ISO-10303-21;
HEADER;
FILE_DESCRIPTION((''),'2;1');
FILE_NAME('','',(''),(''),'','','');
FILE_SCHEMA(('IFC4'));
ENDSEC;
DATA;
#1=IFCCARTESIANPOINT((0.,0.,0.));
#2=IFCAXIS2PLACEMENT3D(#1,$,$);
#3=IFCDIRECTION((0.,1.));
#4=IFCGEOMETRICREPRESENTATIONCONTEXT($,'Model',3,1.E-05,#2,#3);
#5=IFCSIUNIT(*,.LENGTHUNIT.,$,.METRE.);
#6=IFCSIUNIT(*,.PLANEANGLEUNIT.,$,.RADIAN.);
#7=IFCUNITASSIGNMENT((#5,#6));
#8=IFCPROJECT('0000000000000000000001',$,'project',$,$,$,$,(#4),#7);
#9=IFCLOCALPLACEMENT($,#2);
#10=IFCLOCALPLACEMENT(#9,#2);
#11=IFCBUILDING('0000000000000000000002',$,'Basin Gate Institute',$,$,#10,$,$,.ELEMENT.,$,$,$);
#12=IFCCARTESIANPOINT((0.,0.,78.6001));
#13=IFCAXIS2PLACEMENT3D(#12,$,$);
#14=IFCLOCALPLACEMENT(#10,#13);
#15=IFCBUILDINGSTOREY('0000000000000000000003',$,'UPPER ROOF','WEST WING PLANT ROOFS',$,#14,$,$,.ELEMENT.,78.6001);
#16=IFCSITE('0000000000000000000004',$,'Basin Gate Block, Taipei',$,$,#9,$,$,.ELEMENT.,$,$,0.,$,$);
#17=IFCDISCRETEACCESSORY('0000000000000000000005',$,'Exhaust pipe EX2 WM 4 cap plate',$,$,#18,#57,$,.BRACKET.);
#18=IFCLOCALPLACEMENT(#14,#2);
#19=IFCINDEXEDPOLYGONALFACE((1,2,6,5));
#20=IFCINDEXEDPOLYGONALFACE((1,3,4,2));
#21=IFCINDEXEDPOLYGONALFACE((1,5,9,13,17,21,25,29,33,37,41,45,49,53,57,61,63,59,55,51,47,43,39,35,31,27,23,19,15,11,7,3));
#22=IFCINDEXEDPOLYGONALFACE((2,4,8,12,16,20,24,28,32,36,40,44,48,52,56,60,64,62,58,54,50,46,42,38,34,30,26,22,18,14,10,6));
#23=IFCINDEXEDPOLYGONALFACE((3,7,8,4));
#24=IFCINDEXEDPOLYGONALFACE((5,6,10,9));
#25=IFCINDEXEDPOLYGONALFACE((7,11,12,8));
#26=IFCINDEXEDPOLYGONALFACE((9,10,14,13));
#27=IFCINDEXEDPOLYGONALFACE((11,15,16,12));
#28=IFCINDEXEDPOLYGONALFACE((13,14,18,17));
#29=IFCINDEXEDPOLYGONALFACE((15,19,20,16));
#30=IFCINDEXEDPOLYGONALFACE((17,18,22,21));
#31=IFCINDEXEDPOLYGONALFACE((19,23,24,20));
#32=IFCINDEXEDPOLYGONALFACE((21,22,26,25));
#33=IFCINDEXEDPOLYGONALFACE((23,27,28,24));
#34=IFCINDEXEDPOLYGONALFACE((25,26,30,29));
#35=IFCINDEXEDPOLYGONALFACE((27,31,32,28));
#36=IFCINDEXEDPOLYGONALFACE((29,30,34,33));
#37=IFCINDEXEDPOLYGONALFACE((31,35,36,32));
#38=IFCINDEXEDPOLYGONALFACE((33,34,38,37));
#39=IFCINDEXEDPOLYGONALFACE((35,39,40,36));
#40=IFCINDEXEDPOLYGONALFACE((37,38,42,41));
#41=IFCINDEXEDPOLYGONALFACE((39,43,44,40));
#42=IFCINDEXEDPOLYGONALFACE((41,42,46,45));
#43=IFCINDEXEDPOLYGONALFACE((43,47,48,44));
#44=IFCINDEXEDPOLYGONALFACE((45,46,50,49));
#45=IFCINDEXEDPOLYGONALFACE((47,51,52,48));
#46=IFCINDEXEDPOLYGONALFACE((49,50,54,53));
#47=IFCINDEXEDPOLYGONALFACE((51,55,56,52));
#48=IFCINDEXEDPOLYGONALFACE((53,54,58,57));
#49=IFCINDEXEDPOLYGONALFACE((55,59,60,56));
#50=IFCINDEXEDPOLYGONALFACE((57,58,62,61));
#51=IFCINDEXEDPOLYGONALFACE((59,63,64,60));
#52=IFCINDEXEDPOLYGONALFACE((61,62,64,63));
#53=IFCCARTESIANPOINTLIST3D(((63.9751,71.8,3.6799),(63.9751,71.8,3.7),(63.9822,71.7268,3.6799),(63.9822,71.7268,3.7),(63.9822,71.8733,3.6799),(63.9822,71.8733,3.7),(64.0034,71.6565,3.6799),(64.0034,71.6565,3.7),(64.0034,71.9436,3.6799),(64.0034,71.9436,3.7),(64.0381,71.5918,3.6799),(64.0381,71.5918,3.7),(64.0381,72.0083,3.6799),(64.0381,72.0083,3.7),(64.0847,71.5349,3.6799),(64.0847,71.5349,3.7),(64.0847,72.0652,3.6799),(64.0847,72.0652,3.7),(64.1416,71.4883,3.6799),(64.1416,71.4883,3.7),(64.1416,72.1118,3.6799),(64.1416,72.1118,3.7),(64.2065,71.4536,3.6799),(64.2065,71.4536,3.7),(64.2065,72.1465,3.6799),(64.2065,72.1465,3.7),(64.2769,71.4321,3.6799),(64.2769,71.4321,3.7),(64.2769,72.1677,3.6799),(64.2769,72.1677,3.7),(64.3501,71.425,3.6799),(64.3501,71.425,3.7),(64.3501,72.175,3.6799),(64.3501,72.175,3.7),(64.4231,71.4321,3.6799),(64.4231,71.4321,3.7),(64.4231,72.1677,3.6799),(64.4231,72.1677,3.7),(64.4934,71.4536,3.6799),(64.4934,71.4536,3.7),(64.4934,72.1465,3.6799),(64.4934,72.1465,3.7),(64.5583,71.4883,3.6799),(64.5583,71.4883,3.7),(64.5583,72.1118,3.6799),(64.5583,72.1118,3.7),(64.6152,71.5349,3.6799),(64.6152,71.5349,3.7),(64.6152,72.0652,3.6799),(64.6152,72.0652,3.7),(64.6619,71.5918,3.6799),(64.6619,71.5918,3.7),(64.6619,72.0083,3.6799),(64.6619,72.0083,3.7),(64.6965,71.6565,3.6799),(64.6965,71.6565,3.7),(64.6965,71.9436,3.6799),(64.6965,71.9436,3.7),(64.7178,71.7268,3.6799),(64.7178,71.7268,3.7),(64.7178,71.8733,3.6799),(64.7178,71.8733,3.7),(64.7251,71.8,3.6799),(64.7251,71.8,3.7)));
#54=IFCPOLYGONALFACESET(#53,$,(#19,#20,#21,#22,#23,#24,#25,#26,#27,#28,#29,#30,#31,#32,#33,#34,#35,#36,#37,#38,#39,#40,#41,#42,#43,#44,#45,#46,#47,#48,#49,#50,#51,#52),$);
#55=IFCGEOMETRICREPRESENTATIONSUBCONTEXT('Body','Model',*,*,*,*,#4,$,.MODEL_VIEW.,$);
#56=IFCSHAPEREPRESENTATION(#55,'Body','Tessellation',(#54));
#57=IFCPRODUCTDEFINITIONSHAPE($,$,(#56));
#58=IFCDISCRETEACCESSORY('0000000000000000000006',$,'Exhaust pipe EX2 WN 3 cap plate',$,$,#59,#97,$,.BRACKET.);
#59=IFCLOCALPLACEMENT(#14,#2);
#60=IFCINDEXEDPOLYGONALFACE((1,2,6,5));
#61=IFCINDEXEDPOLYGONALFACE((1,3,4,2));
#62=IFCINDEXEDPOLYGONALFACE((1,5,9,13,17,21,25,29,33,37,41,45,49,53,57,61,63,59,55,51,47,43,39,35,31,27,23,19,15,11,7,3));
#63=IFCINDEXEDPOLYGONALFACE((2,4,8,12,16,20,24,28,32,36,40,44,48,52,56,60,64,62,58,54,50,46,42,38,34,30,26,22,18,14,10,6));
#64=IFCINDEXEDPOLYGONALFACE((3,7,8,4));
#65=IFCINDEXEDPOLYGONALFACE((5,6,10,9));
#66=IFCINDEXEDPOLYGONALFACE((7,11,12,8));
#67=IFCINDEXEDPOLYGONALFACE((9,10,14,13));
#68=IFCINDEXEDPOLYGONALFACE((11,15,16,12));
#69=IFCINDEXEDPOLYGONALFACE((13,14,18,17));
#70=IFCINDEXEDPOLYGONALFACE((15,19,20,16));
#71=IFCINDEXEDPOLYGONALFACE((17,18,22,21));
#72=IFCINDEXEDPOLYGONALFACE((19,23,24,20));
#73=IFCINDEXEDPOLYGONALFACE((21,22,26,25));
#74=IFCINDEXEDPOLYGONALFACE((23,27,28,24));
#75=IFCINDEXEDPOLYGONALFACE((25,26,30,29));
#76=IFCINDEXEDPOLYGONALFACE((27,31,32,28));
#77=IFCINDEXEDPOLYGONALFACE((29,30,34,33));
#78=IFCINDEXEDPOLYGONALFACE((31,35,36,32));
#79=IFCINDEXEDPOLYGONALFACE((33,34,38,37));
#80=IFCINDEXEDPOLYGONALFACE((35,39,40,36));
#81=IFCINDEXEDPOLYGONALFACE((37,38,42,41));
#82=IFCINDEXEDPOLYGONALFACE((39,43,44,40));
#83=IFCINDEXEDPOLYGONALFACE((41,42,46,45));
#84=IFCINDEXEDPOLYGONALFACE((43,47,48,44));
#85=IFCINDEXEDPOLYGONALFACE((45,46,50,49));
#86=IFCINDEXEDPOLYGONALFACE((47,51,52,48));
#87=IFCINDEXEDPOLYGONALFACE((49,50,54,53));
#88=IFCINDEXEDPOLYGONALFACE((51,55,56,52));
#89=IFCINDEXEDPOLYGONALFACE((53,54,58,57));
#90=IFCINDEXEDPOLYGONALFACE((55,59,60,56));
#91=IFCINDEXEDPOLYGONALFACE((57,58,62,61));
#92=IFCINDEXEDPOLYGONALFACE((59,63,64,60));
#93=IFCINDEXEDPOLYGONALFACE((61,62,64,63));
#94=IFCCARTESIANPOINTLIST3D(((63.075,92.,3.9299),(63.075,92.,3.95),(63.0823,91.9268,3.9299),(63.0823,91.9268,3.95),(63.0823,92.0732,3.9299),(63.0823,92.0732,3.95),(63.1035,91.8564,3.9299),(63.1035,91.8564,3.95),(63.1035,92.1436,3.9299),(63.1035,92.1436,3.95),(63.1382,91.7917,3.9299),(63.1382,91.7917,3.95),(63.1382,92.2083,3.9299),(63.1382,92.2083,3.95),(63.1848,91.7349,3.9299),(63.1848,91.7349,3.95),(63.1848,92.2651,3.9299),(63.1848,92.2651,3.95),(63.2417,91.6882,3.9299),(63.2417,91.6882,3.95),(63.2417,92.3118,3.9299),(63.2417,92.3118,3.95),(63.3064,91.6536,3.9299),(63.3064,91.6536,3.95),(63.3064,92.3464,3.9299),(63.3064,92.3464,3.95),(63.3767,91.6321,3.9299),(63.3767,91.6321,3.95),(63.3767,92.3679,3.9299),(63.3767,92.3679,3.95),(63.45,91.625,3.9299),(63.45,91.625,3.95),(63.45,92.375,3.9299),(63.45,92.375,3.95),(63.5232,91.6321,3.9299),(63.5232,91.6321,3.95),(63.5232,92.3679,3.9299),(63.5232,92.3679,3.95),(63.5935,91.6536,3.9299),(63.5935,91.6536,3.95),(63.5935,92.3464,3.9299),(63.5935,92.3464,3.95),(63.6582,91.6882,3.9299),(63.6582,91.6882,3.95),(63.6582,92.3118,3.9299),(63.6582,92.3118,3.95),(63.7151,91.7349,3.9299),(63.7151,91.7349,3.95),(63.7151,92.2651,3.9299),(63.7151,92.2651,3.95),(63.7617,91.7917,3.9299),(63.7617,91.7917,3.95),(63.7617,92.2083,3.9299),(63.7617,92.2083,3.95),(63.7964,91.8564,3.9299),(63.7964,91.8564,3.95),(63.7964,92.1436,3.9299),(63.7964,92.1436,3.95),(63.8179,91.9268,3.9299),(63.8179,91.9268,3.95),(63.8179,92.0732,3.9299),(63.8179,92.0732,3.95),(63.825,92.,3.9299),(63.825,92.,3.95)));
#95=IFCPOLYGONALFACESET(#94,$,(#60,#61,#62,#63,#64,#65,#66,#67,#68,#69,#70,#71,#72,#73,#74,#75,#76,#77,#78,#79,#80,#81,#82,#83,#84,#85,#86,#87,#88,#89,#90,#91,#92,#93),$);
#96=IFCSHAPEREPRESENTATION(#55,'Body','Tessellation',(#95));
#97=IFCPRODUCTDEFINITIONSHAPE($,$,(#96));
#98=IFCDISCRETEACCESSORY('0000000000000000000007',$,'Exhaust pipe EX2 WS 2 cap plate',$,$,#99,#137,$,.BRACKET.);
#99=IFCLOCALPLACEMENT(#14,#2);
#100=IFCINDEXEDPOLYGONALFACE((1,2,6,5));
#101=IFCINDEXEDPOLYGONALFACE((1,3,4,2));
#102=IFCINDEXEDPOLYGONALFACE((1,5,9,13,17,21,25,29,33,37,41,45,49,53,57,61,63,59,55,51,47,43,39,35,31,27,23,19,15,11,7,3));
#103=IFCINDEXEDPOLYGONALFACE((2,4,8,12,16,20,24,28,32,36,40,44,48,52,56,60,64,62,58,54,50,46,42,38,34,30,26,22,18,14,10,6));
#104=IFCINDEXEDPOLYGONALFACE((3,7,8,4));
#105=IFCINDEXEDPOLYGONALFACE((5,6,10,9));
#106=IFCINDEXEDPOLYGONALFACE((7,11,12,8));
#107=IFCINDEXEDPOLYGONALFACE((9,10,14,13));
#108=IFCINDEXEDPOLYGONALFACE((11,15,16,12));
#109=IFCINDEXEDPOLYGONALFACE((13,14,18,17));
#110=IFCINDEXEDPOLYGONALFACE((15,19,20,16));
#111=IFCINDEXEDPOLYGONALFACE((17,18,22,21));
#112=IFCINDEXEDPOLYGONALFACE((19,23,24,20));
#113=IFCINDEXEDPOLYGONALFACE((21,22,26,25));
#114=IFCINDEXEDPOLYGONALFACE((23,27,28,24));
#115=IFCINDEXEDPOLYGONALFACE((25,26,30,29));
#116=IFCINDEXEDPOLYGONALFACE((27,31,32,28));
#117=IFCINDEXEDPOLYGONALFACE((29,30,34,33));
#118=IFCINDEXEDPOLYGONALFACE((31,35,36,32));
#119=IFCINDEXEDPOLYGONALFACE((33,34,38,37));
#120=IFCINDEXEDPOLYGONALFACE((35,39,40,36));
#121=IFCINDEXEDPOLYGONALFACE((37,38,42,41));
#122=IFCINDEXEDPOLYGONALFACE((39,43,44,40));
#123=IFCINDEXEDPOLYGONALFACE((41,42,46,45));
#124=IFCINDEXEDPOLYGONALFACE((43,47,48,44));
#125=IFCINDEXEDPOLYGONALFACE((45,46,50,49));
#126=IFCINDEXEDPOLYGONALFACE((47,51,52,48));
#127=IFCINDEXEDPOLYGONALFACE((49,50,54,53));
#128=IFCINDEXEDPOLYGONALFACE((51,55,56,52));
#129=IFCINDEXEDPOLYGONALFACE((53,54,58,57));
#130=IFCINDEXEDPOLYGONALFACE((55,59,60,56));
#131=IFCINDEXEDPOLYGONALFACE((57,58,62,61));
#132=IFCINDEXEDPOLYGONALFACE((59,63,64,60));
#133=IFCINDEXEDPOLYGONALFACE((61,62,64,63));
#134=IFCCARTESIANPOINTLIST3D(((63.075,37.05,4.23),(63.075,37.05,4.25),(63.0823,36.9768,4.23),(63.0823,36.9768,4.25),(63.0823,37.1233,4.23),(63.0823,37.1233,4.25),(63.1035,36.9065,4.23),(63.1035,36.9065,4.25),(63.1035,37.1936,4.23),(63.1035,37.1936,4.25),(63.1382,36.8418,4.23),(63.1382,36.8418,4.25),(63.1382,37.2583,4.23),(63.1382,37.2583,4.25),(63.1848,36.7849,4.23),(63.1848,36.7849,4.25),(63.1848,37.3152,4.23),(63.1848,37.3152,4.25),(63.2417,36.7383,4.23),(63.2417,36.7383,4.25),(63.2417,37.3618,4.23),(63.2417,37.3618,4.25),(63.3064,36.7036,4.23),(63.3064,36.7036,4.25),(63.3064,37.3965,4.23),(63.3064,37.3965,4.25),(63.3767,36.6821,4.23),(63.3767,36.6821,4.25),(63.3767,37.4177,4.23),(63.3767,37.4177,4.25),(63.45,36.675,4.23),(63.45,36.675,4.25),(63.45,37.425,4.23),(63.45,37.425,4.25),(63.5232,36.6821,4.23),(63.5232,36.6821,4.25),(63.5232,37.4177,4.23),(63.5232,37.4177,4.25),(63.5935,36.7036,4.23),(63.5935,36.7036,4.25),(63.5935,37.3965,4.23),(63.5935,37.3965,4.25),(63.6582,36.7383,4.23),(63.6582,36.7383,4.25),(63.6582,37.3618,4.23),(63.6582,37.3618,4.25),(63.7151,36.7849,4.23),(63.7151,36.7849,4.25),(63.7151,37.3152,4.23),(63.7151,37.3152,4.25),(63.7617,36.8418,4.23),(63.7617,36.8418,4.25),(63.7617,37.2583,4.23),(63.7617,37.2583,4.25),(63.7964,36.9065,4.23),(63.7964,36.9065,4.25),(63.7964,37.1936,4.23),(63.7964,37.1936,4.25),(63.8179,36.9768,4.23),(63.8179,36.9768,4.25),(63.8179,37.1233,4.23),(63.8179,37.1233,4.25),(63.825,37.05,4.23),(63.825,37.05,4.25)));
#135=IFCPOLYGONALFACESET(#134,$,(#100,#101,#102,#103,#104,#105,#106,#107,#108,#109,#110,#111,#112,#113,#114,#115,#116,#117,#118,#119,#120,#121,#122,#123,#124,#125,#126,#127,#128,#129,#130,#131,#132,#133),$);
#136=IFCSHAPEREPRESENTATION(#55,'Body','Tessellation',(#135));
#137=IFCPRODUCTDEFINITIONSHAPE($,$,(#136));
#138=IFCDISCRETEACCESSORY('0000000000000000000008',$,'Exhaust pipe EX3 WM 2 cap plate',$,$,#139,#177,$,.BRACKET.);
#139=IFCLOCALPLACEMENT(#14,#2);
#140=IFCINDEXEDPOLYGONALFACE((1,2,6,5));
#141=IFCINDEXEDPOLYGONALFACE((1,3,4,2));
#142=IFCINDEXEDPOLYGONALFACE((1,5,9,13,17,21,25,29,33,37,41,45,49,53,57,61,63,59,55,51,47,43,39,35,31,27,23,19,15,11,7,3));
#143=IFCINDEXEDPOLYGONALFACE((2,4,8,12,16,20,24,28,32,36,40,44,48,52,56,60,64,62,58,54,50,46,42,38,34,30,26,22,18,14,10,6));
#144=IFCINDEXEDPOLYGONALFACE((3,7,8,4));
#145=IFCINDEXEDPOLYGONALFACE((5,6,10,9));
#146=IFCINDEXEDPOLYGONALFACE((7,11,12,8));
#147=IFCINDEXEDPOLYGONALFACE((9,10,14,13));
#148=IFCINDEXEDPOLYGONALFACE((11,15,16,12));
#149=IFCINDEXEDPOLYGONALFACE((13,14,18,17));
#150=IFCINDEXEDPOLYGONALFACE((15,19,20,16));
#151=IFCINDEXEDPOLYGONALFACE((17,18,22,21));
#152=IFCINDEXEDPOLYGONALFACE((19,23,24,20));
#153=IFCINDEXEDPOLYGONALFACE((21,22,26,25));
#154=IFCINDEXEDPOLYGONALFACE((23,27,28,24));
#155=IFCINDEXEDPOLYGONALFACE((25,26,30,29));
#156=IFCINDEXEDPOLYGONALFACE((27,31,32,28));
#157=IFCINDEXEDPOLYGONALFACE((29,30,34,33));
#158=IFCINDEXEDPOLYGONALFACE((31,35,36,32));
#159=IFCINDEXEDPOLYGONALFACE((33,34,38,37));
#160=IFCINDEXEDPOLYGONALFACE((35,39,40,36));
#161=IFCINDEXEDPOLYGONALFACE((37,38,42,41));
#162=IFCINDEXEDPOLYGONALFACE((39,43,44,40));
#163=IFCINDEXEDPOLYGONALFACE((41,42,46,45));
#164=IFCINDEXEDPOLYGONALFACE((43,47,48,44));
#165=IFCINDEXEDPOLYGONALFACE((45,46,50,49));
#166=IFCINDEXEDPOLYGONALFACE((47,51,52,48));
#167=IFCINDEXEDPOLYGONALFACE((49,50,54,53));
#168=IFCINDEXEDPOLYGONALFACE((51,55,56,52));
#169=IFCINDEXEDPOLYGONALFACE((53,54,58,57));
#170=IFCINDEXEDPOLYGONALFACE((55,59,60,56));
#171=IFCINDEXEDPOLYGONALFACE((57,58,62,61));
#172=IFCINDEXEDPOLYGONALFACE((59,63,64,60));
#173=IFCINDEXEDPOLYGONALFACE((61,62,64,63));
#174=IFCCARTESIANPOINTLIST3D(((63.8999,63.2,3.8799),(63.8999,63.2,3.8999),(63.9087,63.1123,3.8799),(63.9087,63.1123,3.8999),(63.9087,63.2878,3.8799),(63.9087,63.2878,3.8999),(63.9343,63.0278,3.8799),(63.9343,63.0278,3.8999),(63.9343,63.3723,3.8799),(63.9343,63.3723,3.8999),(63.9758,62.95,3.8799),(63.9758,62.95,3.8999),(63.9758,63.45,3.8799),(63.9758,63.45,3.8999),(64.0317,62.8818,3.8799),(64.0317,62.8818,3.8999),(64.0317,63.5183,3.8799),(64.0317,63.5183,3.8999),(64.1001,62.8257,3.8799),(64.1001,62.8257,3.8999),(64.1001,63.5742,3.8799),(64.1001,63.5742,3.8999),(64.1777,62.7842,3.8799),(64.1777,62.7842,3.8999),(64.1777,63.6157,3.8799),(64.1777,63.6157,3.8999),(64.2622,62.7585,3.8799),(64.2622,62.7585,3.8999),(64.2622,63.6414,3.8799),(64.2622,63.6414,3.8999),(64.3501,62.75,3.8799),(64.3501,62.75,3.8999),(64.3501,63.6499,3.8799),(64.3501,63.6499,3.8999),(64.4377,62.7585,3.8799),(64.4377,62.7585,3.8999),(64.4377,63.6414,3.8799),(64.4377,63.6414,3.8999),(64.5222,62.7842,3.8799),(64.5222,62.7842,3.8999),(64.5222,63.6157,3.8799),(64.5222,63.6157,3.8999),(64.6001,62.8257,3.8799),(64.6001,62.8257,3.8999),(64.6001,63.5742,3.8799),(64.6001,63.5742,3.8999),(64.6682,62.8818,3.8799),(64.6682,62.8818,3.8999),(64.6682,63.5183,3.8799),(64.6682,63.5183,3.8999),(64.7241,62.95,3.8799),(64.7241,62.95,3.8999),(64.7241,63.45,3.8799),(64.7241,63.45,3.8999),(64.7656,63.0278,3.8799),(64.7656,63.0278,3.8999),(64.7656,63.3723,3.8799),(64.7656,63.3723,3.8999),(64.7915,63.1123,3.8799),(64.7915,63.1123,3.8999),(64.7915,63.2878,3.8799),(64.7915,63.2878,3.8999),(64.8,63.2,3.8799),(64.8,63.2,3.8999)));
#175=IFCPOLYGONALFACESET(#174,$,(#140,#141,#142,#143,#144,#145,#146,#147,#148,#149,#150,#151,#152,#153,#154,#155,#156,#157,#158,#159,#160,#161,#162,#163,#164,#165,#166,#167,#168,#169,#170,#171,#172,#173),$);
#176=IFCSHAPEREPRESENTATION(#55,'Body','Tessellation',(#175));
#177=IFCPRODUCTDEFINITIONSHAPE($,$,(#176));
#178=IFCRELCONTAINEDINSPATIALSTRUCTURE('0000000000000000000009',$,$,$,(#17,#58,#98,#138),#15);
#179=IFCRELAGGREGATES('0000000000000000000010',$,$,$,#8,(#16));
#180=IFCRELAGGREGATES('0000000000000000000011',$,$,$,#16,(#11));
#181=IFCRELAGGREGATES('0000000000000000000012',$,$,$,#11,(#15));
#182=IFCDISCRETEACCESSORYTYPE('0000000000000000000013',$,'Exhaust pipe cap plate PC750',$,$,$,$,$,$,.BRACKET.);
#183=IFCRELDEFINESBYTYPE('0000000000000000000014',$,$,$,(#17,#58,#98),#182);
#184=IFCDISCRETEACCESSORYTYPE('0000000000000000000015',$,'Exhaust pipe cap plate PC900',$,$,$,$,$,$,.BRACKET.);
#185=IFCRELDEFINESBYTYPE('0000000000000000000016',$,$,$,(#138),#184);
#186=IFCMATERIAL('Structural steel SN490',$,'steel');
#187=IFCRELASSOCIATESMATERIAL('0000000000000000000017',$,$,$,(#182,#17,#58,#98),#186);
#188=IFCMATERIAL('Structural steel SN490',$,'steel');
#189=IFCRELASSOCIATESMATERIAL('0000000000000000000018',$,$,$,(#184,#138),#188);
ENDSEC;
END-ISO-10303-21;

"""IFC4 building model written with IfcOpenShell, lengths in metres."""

from ifc_helpers import new_model, si_unit, direction, frame, origin, place, context, subcontext, project, spatial, polyline, outline, extrude, material, type_object, element, save


model = new_model("IFC4")

# Units and contexts
model_context = context("Model", 3, precision=1e-05, world=origin(), true_north=direction((0.0, 1.0)))
body_context = subcontext(model_context, "Body", "Model", "MODEL_VIEW")
ifc_project = project(units=[si_unit("LENGTHUNIT", "METRE"), si_unit("PLANEANGLEUNIT", "RADIAN")], contexts=[model_context])

# Site, building, storey
site_placement = place(None, origin())
site = spatial("IfcSite", under=ifc_project, at=site_placement, Name="Basin Gate Block, Taipei", CompositionType="ELEMENT", RefElevation=0.0)
building_placement = place(site_placement, origin())
building = spatial("IfcBuilding", under=site, at=building_placement, Name="Basin Gate Institute", CompositionType="ELEMENT")
storey_placement = place(building_placement, frame((0.0, 0.0, 78.6001)))
storey = spatial("IfcBuildingStorey", under=building, at=storey_placement, Name="UPPER ROOF", Description="WEST WING PLANT ROOFS", CompositionType="ELEMENT", Elevation=78.6001)

# Discrete accessories
ifc_material_1 = material(Name="Structural steel SN490", Category="steel")
discrete_accessory_type_1 = type_object("IfcDiscreteAccessoryType", Name="Exhaust pipe cap plate PC750", PredefinedType="BRACKET", material=ifc_material_1)
discrete_accessory_1_placement = place(storey_placement, frame((0.0, 0.0, 3.6799)))
element("IfcDiscreteAccessory", 1, at=discrete_accessory_1_placement, inside=storey, type_object=discrete_accessory_type_1, material=ifc_material_1, Name="Exhaust pipe EX2 WM 4 cap plate", PredefinedType="BRACKET", context=body_context, shape_type="SweptSolid", body=[
    extrude(outline(polyline([(64.7251, 71.8), (64.7178, 71.8733), (64.6965, 71.9436), (64.6619, 72.0083), (64.6152, 72.0652), (64.5583, 72.1118), (64.4934, 72.1465), (64.4231, 72.1677), (64.3501, 72.175), (64.2769, 72.1677), (64.2065, 72.1465), (64.1416, 72.1118), (64.0847, 72.0652), (64.0381, 72.0083), (64.0034, 71.9436), (63.9822, 71.8733), (63.9751, 71.8), (63.9822, 71.7268), (64.0034, 71.6565), (64.0381, 71.5918), (64.0847, 71.5349), (64.1416, 71.4883), (64.2065, 71.4536), (64.2769, 71.4321), (64.3501, 71.425), (64.4231, 71.4321), (64.4934, 71.4536), (64.5583, 71.4883), (64.6152, 71.5349), (64.6619, 71.5918), (64.6965, 71.6565), (64.7178, 71.7268), (64.7251, 71.8)])), origin(), (0.0, 0.0, 1.0), 0.02),
])
discrete_accessory_2_placement = place(storey_placement, frame((0.0, 0.0, 3.9299)))
element("IfcDiscreteAccessory", 2, at=discrete_accessory_2_placement, inside=storey, type_object=discrete_accessory_type_1, material=ifc_material_1, Name="Exhaust pipe EX2 WN 3 cap plate", PredefinedType="BRACKET", context=body_context, shape_type="SweptSolid", body=[
    extrude(outline(polyline([(63.825, 92.0), (63.8179, 92.0732), (63.7964, 92.1436), (63.7617, 92.2083), (63.7151, 92.2651), (63.6582, 92.3118), (63.5935, 92.3464), (63.5232, 92.3679), (63.45, 92.375), (63.3767, 92.3679), (63.3064, 92.3464), (63.2417, 92.3118), (63.1848, 92.2651), (63.1382, 92.2083), (63.1035, 92.1436), (63.0823, 92.0732), (63.075, 92.0), (63.0823, 91.9268), (63.1035, 91.8564), (63.1382, 91.7917), (63.1848, 91.7349), (63.2417, 91.6882), (63.3064, 91.6536), (63.3767, 91.6321), (63.45, 91.625), (63.5232, 91.6321), (63.5935, 91.6536), (63.6582, 91.6882), (63.7151, 91.7349), (63.7617, 91.7917), (63.7964, 91.8564), (63.8179, 91.9268), (63.825, 92.0)])), origin(), (0.0, 0.0, 1.0), 0.02),
])
discrete_accessory_3_placement = place(storey_placement, frame((0.0, 0.0, 4.23)))
element("IfcDiscreteAccessory", 3, at=discrete_accessory_3_placement, inside=storey, type_object=discrete_accessory_type_1, material=ifc_material_1, Name="Exhaust pipe EX2 WS 2 cap plate", PredefinedType="BRACKET", context=body_context, shape_type="SweptSolid", body=[
    extrude(outline(polyline([(63.825, 37.05), (63.8179, 37.1233), (63.7964, 37.1936), (63.7617, 37.2583), (63.7151, 37.3152), (63.6582, 37.3618), (63.5935, 37.3965), (63.5232, 37.4177), (63.45, 37.425), (63.3767, 37.4177), (63.3064, 37.3965), (63.2417, 37.3618), (63.1848, 37.3152), (63.1382, 37.2583), (63.1035, 37.1936), (63.0823, 37.1233), (63.075, 37.05), (63.0823, 36.9768), (63.1035, 36.9065), (63.1382, 36.8418), (63.1848, 36.7849), (63.2417, 36.7383), (63.3064, 36.7036), (63.3767, 36.6821), (63.45, 36.675), (63.5232, 36.6821), (63.5935, 36.7036), (63.6582, 36.7383), (63.7151, 36.7849), (63.7617, 36.8418), (63.7964, 36.9065), (63.8179, 36.9768), (63.825, 37.05)])), origin(), (0.0, 0.0, 1.0), 0.02),
])
ifc_material_2 = material(Name="Structural steel SN490", Category="steel")
discrete_accessory_type_2 = type_object("IfcDiscreteAccessoryType", Name="Exhaust pipe cap plate PC900", PredefinedType="BRACKET", material=ifc_material_2)
discrete_accessory_4_placement = place(storey_placement, frame((0.0, 0.0, 3.8799)))
element("IfcDiscreteAccessory", 4, at=discrete_accessory_4_placement, inside=storey, type_object=discrete_accessory_type_2, material=ifc_material_2, Name="Exhaust pipe EX3 WM 2 cap plate", PredefinedType="BRACKET", context=body_context, shape_type="SweptSolid", body=[
    extrude(outline(polyline([(64.8, 63.2), (64.7915, 63.2878), (64.7656, 63.3723), (64.7241, 63.45), (64.6682, 63.5183), (64.6001, 63.5742), (64.5222, 63.6157), (64.4377, 63.6414), (64.3501, 63.6499), (64.2622, 63.6414), (64.1777, 63.6157), (64.1001, 63.5742), (64.0317, 63.5183), (63.9758, 63.45), (63.9343, 63.3723), (63.9087, 63.2878), (63.8999, 63.2), (63.9087, 63.1123), (63.9343, 63.0278), (63.9758, 62.95), (64.0317, 62.8818), (64.1001, 62.8257), (64.1777, 62.7842), (64.2622, 62.7585), (64.3501, 62.75), (64.4377, 62.7585), (64.5222, 62.7842), (64.6001, 62.8257), (64.6682, 62.8818), (64.7241, 62.95), (64.7656, 63.0278), (64.7915, 63.1123), (64.8, 63.2)])), origin(), (0.0, 0.0, 1.0), 0.02),
])

save(model, "model.ifc")
